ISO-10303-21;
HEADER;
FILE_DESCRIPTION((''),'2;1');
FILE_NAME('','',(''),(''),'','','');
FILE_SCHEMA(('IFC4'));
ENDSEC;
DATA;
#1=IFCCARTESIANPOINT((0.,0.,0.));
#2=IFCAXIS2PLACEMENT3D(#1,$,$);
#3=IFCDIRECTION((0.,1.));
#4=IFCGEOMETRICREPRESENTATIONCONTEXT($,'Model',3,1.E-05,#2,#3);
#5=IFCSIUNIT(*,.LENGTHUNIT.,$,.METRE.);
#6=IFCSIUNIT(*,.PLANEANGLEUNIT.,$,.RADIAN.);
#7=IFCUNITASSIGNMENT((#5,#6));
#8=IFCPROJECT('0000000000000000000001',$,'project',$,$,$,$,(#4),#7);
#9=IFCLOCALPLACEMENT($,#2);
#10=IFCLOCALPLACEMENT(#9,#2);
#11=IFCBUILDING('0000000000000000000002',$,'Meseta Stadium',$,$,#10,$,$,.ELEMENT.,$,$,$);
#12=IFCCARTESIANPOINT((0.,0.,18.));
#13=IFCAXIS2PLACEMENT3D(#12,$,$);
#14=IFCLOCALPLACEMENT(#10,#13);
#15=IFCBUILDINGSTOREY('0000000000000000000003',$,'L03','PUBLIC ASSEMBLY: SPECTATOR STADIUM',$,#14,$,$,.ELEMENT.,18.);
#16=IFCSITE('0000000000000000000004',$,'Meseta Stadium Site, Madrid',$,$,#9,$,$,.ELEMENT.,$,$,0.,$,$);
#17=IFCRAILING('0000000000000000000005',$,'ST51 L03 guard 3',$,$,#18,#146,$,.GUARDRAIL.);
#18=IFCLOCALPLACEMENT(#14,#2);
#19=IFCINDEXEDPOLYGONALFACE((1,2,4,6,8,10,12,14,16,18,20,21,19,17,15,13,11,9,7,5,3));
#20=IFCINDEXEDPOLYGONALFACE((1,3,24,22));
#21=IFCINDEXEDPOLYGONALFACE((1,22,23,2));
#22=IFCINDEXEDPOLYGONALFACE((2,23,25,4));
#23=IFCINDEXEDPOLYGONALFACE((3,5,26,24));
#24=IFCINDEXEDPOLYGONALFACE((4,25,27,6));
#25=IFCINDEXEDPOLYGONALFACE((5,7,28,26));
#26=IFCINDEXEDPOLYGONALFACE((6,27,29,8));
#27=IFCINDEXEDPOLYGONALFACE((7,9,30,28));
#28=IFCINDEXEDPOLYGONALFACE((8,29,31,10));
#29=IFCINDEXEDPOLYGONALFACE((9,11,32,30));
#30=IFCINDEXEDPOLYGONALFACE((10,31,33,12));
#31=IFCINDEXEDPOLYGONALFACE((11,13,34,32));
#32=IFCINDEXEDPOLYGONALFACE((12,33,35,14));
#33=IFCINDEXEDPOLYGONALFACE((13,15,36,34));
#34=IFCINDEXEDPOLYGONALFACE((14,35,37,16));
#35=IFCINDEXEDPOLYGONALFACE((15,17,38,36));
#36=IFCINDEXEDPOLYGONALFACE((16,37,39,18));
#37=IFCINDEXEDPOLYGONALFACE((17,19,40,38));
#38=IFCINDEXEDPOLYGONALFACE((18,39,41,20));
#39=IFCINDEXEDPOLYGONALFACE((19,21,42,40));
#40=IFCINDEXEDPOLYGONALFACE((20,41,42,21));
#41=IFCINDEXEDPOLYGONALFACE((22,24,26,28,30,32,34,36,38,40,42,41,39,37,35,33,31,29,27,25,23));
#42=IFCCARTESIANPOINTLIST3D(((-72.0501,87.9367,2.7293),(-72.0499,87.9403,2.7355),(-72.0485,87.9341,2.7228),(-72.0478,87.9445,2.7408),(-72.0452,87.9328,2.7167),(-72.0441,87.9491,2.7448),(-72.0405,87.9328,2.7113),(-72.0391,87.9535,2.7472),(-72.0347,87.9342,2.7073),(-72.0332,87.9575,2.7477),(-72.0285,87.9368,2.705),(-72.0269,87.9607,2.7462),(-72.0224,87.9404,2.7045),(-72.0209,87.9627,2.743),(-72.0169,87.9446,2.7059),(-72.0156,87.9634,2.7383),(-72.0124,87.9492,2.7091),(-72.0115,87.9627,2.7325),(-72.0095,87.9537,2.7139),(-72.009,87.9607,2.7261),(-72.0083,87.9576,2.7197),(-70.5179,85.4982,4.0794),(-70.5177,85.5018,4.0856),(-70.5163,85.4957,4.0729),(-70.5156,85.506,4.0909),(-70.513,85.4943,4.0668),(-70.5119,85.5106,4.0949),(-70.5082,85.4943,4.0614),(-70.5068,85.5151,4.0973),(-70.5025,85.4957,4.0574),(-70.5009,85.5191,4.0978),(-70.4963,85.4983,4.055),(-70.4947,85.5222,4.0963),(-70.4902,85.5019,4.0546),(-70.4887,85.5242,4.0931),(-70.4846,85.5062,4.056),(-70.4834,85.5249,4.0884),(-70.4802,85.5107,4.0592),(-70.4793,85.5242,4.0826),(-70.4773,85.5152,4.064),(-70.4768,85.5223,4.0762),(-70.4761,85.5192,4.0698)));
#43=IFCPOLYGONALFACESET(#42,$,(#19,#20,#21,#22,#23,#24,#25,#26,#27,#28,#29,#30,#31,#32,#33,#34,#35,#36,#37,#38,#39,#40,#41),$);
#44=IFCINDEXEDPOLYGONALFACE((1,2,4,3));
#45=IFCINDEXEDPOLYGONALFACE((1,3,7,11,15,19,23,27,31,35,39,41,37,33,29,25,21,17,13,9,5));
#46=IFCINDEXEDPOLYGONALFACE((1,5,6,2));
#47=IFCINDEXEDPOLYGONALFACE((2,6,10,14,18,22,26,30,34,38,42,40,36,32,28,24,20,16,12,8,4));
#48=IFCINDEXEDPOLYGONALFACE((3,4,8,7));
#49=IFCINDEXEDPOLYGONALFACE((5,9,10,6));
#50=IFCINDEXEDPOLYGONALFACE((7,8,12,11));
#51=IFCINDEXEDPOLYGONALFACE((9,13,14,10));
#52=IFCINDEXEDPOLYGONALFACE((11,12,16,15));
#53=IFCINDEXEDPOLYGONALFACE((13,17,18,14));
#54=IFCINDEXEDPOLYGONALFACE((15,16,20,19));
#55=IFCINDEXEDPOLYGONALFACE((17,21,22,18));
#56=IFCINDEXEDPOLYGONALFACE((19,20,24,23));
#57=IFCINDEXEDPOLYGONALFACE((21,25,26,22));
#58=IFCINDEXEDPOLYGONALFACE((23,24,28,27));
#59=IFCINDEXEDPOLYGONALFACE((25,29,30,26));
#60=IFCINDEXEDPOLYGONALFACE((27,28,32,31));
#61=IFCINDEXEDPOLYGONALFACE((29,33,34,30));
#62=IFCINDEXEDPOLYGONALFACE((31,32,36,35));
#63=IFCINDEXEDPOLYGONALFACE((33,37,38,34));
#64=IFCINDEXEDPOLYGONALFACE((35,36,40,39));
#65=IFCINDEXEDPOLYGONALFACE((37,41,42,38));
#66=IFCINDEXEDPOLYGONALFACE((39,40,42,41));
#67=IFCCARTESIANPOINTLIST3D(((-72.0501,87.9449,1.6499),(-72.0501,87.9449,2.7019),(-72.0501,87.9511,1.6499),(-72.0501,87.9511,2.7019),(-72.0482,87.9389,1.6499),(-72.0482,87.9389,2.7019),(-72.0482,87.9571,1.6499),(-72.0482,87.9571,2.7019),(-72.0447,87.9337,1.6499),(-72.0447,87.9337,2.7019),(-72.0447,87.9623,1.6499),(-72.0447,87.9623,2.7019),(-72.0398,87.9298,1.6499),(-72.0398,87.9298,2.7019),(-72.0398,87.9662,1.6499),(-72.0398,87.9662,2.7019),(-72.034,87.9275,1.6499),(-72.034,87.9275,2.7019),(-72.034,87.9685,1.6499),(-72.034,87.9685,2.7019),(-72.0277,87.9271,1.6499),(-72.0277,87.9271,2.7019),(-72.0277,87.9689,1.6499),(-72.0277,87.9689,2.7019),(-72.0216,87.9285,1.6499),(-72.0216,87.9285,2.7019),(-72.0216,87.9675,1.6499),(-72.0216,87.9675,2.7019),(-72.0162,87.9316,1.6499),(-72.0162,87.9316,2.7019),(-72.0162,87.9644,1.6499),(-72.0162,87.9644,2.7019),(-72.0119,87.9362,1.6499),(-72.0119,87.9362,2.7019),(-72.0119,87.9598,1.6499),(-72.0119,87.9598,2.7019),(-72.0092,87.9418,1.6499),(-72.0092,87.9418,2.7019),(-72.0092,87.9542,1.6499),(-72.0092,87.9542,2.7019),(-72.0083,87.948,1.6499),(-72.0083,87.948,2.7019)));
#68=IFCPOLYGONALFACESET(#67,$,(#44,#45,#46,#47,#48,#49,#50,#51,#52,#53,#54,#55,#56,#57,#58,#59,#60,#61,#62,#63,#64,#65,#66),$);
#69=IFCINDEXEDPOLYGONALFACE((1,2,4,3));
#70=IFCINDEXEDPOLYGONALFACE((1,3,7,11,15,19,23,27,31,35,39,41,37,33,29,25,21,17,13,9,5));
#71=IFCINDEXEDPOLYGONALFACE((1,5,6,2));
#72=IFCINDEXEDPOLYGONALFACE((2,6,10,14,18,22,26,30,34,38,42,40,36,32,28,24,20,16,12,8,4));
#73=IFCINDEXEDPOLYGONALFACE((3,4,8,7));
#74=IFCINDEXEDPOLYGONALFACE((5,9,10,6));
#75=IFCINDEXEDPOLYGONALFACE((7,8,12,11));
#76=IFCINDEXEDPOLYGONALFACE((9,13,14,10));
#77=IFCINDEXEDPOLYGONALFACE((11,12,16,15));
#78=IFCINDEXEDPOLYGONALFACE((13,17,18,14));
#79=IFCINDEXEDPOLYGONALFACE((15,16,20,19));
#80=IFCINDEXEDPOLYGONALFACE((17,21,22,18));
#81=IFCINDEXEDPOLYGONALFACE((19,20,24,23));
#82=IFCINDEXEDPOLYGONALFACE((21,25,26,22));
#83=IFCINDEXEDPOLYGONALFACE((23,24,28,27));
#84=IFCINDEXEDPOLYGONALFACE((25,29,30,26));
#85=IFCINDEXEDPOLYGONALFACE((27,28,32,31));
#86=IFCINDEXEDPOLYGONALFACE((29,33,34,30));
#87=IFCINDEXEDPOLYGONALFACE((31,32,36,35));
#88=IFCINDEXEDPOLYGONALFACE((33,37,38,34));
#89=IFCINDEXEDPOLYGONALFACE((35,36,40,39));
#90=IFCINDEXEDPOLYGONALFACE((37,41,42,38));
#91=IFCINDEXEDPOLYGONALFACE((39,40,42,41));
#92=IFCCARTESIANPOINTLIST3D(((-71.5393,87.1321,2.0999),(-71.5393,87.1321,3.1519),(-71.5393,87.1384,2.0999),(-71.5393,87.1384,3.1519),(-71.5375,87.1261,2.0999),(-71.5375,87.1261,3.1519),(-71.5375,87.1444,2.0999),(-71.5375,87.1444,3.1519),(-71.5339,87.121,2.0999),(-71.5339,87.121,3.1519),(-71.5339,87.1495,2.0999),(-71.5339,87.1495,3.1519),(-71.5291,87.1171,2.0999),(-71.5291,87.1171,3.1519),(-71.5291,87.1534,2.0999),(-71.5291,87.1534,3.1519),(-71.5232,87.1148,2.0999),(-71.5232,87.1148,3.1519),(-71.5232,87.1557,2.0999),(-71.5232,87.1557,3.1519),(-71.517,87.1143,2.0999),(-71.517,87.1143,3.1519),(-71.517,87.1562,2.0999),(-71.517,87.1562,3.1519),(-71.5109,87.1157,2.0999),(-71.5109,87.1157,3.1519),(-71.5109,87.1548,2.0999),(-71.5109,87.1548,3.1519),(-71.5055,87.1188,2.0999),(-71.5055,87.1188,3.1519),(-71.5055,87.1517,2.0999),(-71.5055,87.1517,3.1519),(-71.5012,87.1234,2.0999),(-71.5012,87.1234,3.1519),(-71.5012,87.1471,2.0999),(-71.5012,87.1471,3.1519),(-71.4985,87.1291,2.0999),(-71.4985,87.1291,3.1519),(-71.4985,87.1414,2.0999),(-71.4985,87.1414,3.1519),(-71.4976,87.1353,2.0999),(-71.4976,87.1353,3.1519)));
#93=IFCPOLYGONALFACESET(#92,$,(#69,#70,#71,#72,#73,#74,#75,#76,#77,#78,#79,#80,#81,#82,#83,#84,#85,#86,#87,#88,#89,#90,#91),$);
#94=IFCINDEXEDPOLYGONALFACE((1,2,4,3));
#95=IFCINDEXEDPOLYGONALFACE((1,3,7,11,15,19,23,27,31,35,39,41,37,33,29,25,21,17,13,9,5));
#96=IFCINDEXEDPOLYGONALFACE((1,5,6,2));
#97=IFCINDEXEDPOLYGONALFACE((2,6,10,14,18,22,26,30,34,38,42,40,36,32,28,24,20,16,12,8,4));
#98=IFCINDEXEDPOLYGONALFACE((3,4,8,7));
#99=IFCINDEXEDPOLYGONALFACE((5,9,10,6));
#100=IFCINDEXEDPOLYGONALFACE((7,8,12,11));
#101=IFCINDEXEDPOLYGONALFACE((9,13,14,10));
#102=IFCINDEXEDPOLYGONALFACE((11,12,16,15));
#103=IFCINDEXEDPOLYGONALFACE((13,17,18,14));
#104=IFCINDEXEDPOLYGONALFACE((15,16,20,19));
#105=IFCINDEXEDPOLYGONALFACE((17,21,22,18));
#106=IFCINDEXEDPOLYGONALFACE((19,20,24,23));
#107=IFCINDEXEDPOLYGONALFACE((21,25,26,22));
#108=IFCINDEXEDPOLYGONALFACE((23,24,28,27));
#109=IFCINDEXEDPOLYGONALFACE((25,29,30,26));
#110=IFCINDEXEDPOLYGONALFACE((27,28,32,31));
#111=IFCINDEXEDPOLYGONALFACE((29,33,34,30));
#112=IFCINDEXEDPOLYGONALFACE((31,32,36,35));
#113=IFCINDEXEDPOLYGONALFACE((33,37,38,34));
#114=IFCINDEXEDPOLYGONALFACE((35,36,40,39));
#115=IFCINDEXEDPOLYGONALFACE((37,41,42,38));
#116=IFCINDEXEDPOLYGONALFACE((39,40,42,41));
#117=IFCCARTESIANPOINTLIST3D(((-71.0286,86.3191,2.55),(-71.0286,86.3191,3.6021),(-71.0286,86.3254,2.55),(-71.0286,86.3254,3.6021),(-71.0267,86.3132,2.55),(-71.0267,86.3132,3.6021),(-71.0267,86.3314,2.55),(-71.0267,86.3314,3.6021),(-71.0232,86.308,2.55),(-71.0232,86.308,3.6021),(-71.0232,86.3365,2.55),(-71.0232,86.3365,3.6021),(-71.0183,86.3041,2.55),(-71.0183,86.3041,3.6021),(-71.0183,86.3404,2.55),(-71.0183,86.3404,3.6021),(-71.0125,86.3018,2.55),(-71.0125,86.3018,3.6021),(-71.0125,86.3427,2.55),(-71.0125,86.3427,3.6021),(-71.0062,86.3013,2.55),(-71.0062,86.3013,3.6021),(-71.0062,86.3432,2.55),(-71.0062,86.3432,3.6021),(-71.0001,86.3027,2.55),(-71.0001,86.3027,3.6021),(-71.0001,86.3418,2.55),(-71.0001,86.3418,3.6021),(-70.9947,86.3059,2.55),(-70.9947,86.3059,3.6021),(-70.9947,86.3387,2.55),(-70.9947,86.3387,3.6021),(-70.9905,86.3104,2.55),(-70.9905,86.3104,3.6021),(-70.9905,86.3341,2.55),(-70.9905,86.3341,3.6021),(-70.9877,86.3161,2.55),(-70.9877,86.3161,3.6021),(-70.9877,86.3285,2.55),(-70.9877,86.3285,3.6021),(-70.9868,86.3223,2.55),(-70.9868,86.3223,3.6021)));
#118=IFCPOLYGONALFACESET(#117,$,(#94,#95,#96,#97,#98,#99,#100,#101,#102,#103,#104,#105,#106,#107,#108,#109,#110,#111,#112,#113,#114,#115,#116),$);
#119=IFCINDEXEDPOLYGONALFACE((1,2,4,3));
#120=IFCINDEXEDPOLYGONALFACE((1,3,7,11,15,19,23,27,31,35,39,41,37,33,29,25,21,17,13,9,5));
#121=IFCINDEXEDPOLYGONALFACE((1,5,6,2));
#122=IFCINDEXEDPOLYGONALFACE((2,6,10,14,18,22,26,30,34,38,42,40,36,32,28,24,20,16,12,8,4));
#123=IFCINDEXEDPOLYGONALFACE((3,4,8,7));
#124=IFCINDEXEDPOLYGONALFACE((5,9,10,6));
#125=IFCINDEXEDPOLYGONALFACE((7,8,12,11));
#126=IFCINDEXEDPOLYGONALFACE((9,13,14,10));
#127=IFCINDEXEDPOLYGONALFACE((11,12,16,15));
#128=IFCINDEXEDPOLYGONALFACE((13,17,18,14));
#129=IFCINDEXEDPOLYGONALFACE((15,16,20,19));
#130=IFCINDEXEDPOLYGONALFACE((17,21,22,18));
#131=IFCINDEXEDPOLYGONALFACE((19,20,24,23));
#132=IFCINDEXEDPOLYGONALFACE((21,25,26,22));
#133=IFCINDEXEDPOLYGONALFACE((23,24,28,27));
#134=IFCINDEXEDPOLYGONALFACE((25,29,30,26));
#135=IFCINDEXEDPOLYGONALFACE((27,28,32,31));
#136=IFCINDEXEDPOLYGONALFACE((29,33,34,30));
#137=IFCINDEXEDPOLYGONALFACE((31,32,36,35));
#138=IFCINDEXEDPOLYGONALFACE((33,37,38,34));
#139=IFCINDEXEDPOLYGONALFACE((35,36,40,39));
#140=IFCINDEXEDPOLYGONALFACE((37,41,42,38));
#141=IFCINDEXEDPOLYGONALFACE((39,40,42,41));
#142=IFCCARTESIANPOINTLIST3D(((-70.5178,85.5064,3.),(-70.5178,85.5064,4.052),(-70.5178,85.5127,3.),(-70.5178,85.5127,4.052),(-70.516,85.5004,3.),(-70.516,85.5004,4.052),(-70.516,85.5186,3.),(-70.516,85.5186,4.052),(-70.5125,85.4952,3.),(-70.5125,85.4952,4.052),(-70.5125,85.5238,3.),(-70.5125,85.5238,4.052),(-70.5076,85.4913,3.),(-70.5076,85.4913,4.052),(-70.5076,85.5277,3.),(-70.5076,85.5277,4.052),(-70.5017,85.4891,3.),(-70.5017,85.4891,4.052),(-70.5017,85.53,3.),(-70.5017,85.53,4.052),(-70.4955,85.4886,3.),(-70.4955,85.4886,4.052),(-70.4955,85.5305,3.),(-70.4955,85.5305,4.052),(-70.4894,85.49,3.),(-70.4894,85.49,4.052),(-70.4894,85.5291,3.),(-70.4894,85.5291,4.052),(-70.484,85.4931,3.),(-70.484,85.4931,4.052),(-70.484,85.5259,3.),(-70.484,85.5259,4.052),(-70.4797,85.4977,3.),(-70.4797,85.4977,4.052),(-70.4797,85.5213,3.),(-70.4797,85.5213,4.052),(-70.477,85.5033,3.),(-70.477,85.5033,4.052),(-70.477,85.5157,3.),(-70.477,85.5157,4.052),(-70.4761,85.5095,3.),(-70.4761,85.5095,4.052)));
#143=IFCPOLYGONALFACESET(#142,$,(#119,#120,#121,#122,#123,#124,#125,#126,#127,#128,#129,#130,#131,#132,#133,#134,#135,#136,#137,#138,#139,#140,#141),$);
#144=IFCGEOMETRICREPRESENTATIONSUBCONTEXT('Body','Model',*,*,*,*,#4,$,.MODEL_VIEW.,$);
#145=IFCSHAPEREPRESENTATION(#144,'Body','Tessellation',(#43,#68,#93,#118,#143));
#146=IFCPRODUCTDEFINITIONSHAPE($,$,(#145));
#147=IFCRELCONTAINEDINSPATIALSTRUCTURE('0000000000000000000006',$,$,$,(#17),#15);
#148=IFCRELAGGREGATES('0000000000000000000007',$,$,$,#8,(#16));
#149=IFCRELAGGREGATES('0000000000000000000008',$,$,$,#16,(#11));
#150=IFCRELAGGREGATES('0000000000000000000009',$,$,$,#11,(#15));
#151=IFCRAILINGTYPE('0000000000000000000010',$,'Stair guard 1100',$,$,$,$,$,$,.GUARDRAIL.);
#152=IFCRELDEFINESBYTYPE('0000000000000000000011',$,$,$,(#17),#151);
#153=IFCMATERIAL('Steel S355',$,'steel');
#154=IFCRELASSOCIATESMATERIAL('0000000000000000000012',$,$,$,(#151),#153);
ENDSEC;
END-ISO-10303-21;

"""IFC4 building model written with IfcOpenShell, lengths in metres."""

from ifc_helpers import new_model, si_unit, direction, frame, origin, origin_2d, place, context, subcontext, project, spatial, circle, extrude, material, type_object, element, save


model = new_model("IFC4")

# Units and contexts
model_context = context("Model", 3, precision=1e-05, world=origin(), true_north=direction((0.0, 1.0)))
body_context = subcontext(model_context, "Body", "Model", "MODEL_VIEW")
ifc_project = project(units=[si_unit("LENGTHUNIT", "METRE"), si_unit("PLANEANGLEUNIT", "RADIAN")], contexts=[model_context])

# Site, building, storey
site_placement = place(None, origin())
site = spatial("IfcSite", under=ifc_project, at=site_placement, Name="Meseta Stadium Site, Madrid", CompositionType="ELEMENT", RefElevation=0.0)
building_placement = place(site_placement, origin())
building = spatial("IfcBuilding", under=site, at=building_placement, Name="Meseta Stadium", CompositionType="ELEMENT")
storey_placement = place(building_placement, frame((0.0, 0.0, 18.0)))
storey = spatial("IfcBuildingStorey", under=building, at=storey_placement, Name="L03", Description="PUBLIC ASSEMBLY: SPECTATOR STADIUM", CompositionType="ELEMENT", Elevation=18.0)

# Railing
ifc_material_1 = material(Name="Steel S355", Category="steel")
railing_type_1 = type_object("IfcRailingType", Name="Stair guard 1100", PredefinedType="GUARDRAIL", material=ifc_material_1)
railing_1_placement = place(storey_placement, frame((-72.0293, 87.948, 1.6499)))
element("IfcRailing", 1, at=railing_1_placement, inside=storey, type_object=railing_type_1, Name="ST51 L03 guard 3", PredefinedType="GUARDRAIL", context=body_context, shape_type="SweptSolid", body=[
    extrude(circle(Radius=0.0239, at=origin_2d()), frame((0.0, 0.0, 1.0762), z_axis=(0.481731, -0.766655, 0.42447), x_axis=(0.846719, 0.53204, 0.0)), (0.0, 0.0, 1.0), 3.1807),
    extrude(circle(Radius=0.021, at=origin_2d()), origin(), (0.0, 0.0, 1.0), 1.052),
    extrude(circle(Radius=0.021, at=origin_2d()), frame((0.5107, -0.8127, 0.45)), (0.0, 0.0, 1.0), 1.052),
    extrude(circle(Radius=0.021, at=origin_2d()), frame((1.0215, -1.6257, 0.9001)), (0.0, 0.0, 1.0), 1.052),
    extrude(circle(Radius=0.021, at=origin_2d()), frame((1.5322, -2.4385, 1.3501)), (0.0, 0.0, 1.0), 1.052),
])

save(model, "model.ifc")
